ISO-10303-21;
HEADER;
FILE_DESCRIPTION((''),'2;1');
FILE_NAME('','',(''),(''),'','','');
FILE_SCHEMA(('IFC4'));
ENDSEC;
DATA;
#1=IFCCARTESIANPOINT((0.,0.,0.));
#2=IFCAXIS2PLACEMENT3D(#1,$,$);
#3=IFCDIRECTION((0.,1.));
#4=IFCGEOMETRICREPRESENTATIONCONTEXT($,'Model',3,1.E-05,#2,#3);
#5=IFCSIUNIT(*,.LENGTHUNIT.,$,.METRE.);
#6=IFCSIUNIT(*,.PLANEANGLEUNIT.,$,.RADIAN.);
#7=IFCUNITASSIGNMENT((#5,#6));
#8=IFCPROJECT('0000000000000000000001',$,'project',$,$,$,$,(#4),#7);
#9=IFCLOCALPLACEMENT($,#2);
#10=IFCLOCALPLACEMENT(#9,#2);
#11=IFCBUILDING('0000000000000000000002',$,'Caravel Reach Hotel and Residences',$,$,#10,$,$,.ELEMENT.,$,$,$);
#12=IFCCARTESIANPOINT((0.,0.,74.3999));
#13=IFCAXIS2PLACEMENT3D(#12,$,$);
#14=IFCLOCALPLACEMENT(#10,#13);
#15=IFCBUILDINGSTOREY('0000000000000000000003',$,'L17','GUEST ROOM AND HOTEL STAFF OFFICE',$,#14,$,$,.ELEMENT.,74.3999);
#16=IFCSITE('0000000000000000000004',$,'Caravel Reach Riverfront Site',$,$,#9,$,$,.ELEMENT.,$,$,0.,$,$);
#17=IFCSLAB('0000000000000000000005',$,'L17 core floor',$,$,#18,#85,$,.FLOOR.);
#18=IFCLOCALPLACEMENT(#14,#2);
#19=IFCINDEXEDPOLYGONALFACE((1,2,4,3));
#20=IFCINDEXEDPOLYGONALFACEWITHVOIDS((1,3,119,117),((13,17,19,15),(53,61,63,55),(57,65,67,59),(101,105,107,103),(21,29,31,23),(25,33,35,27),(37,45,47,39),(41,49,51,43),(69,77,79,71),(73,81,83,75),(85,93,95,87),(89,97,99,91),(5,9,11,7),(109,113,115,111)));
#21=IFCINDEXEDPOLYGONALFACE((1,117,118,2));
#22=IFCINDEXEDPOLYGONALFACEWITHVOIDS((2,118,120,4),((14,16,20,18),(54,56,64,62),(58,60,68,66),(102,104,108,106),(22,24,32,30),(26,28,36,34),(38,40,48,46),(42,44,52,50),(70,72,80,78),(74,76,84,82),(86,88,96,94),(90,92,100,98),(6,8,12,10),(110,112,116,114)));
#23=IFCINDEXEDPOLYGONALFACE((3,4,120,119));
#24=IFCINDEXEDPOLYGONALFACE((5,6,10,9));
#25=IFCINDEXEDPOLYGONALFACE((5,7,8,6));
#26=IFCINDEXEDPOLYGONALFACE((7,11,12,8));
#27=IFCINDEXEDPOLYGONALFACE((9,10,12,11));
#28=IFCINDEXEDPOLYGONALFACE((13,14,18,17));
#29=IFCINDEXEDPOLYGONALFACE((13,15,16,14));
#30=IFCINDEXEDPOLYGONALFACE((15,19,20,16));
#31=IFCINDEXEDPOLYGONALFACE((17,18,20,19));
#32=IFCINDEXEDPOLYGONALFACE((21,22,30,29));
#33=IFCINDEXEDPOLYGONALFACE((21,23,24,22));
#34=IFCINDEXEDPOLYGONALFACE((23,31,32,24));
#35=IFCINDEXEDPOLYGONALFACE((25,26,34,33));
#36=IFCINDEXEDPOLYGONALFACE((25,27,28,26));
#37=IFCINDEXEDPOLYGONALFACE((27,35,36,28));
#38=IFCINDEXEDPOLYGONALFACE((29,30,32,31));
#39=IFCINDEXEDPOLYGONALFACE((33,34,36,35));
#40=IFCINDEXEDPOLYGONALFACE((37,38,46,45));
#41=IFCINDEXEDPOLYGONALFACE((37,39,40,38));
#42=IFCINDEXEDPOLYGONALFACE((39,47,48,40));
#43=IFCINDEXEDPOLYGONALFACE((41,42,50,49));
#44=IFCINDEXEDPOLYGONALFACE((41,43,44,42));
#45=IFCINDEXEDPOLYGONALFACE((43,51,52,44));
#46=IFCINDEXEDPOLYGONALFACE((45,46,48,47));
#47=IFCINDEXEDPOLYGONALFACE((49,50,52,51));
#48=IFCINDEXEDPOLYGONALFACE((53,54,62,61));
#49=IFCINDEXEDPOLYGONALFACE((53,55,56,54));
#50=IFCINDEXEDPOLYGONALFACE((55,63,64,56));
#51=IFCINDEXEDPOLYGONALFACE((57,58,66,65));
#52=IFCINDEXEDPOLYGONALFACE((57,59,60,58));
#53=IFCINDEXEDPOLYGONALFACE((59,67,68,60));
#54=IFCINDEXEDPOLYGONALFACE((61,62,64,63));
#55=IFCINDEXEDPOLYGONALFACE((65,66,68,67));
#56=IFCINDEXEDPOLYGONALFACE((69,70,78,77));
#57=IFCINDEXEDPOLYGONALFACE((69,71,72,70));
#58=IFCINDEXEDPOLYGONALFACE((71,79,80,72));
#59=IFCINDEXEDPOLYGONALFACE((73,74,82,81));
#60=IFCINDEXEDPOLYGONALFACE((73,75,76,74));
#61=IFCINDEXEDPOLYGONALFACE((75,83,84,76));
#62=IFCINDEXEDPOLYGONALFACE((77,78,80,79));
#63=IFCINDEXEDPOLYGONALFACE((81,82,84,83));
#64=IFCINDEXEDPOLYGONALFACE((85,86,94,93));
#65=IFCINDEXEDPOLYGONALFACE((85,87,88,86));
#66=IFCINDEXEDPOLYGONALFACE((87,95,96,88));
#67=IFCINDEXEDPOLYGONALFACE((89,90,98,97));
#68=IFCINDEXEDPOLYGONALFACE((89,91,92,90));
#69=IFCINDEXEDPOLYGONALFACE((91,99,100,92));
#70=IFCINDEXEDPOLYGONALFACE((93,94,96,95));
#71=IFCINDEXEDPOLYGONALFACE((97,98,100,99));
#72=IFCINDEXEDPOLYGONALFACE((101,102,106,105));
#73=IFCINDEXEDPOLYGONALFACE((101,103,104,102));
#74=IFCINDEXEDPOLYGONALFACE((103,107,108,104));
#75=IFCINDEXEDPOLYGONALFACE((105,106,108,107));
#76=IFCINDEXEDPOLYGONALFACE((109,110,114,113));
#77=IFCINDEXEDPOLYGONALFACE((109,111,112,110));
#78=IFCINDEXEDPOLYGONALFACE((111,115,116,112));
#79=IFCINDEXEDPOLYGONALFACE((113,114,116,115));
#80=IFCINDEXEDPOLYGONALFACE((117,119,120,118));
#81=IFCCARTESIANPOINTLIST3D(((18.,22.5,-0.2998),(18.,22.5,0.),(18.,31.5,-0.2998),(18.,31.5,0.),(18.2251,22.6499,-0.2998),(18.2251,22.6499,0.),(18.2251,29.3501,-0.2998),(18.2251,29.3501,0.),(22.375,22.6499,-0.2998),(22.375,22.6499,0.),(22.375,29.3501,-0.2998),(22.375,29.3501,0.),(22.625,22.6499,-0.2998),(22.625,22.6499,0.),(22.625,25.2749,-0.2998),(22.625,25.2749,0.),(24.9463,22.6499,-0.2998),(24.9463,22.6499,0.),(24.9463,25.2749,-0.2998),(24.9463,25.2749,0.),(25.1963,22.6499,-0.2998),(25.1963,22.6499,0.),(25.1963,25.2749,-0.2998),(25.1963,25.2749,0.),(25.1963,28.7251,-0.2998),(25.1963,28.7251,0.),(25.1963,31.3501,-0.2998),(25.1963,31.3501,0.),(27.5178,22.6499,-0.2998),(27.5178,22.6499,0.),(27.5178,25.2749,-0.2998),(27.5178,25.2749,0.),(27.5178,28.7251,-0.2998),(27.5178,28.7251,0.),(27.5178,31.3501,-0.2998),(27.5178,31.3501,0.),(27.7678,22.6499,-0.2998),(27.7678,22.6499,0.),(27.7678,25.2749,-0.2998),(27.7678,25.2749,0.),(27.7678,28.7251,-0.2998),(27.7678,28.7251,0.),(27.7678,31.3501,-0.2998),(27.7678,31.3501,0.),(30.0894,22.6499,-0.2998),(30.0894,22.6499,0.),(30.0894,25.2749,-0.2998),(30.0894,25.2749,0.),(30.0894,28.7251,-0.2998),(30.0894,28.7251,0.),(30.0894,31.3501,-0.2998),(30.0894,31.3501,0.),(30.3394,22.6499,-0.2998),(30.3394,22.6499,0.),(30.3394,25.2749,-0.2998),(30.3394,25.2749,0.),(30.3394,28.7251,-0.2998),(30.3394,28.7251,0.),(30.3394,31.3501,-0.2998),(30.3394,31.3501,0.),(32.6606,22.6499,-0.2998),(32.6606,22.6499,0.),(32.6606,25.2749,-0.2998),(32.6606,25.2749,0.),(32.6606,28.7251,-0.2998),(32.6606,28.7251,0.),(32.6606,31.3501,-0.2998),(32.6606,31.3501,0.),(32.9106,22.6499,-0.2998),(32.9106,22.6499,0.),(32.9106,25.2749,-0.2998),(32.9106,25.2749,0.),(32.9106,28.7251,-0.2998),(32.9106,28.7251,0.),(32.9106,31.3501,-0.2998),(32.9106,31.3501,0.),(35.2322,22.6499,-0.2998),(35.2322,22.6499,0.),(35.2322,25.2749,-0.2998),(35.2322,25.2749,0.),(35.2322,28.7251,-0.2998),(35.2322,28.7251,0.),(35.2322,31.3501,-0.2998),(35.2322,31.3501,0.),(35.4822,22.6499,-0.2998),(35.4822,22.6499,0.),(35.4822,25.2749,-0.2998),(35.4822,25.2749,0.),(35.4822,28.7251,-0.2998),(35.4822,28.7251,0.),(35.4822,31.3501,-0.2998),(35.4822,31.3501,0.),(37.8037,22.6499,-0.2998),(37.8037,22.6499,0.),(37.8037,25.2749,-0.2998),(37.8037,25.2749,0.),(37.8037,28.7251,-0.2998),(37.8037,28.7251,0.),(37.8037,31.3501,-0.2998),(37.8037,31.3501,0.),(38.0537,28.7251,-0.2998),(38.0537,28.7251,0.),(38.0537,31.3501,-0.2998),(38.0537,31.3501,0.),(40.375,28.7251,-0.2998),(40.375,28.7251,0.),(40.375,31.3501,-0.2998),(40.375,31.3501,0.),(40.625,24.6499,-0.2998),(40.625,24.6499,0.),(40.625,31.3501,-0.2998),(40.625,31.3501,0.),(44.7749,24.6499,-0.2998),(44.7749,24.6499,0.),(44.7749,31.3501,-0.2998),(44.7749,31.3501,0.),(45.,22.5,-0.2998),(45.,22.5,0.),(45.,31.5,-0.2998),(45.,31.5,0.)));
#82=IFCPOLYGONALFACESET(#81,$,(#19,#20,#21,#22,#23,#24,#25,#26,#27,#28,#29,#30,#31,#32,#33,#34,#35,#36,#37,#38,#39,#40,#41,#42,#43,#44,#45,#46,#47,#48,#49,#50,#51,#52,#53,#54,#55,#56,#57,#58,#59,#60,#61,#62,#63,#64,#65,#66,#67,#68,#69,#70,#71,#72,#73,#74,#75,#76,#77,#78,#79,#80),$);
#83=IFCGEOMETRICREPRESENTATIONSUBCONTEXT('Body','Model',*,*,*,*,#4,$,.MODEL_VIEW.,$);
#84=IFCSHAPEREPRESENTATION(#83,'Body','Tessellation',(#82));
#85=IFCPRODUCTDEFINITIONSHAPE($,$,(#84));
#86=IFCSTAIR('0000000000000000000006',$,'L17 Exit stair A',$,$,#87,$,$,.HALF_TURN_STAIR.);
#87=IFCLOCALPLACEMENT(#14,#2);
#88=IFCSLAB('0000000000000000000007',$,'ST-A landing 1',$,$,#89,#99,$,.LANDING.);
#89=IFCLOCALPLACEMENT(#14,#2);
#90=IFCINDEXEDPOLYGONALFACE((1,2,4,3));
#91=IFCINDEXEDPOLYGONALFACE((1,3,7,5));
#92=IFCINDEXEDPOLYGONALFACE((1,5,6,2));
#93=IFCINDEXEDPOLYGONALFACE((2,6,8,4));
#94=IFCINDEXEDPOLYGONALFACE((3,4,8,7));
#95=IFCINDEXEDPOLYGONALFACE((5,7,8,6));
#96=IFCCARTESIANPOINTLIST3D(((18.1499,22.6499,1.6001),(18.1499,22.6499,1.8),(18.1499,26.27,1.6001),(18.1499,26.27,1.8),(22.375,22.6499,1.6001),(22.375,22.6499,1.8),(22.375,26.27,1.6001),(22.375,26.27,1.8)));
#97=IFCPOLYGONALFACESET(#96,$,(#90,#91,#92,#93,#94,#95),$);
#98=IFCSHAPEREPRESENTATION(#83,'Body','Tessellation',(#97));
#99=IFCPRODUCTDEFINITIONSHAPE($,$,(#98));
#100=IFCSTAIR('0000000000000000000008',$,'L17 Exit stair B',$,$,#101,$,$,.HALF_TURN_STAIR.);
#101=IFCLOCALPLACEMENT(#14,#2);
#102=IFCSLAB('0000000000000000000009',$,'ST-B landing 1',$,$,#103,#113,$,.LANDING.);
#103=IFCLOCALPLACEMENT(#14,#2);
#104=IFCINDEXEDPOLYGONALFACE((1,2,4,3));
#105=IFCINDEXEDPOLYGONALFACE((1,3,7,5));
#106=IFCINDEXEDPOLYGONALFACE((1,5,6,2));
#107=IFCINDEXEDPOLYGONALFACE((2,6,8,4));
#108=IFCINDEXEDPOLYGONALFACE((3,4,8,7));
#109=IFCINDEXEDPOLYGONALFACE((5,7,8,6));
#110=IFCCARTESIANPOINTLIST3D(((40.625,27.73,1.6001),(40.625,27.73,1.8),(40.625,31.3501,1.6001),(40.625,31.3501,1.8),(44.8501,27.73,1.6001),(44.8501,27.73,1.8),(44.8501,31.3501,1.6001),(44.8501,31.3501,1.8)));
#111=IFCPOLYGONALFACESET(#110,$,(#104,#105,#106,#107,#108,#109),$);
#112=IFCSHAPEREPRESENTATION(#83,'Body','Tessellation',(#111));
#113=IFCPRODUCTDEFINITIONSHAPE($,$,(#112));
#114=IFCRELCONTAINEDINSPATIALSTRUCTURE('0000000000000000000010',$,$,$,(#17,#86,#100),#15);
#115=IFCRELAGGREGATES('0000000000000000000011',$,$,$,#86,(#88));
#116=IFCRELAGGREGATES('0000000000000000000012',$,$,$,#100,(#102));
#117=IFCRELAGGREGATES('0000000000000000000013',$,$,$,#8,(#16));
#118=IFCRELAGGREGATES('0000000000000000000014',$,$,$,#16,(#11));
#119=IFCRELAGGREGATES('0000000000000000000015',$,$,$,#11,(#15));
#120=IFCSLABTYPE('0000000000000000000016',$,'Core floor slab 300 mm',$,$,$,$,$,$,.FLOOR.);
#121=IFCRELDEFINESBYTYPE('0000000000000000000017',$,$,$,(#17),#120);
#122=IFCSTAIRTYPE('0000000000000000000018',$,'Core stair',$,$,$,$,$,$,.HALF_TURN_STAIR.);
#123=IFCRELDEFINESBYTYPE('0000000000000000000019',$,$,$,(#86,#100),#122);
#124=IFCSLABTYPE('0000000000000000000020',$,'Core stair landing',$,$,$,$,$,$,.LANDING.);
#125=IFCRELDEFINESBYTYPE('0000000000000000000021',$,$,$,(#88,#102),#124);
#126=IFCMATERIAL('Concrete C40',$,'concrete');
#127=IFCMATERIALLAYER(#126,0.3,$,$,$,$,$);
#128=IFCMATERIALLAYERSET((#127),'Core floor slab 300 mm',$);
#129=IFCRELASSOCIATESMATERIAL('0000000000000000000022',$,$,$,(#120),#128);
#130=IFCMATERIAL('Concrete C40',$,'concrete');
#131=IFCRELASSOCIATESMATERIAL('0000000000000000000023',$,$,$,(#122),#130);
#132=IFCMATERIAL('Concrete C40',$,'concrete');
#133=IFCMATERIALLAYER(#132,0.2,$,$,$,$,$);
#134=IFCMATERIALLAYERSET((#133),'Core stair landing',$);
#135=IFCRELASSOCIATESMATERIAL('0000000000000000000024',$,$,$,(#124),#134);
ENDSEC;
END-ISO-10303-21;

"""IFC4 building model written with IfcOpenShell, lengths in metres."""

from ifc_helpers import new_model, si_unit, direction, frame, origin, place, context, subcontext, project, spatial, polyline, outline, extrude, material, layer, layer_set, type_object, element, aggregate, save


model = new_model("IFC4")

# Units and contexts
model_context = context("Model", 3, precision=1e-05, world=origin(), true_north=direction((0.0, 1.0)))
body_context = subcontext(model_context, "Body", "Model", "MODEL_VIEW")
ifc_project = project(units=[si_unit("LENGTHUNIT", "METRE"), si_unit("PLANEANGLEUNIT", "RADIAN")], contexts=[model_context])

# Site, building, storey
site_placement = place(None, origin())
site = spatial("IfcSite", under=ifc_project, at=site_placement, Name="Caravel Reach Riverfront Site", CompositionType="ELEMENT", RefElevation=0.0)
building_placement = place(site_placement, origin())
building = spatial("IfcBuilding", under=site, at=building_placement, Name="Caravel Reach Hotel and Residences", CompositionType="ELEMENT")
storey_placement = place(building_placement, frame((0.0, 0.0, 74.3999)))
storey = spatial("IfcBuildingStorey", under=building, at=storey_placement, Name="L17", Description="GUEST ROOM AND HOTEL STAFF OFFICE", CompositionType="ELEMENT", Elevation=74.3999)

# Slab
ifc_material_1 = material(Name="Concrete C40", Category="concrete")
ifc_layer_1 = layer(ifc_material_1, 0.3)
ifc_layer_set_1 = layer_set([ifc_layer_1], Name="Core floor slab 300 mm")
slab_type_1 = type_object("IfcSlabType", Name="Core floor slab 300 mm", PredefinedType="FLOOR", material=ifc_layer_set_1)
slab_1_placement = place(storey_placement, frame((0.0, 0.0, -0.2998)))
element("IfcSlab", 1, at=slab_1_placement, inside=storey, type_object=slab_type_1, Name="L17 core floor", PredefinedType="FLOOR", context=body_context, shape_type="SweptSolid", body=[
    extrude(outline(polyline([(18.0, 31.5), (45.0, 31.5), (45.0, 22.5), (18.0, 22.5), (18.0, 31.5)]), holes=[polyline([(22.625, 25.2749), (22.625, 22.6499), (24.9463, 22.6499), (24.9463, 25.2749), (22.625, 25.2749)]), polyline([(27.5178, 25.2749), (25.1963, 25.2749), (25.1963, 22.6499), (27.5178, 22.6499), (27.5178, 25.2749)]), polyline([(30.0894, 25.2749), (27.7678, 25.2749), (27.7678, 22.6499), (30.0894, 22.6499), (30.0894, 25.2749)]), polyline([(32.6606, 25.2749), (30.3394, 25.2749), (30.3394, 22.6499), (32.6606, 22.6499), (32.6606, 25.2749)]), polyline([(18.2251, 22.6499), (22.375, 22.6499), (22.375, 29.3501), (18.2251, 29.3501), (18.2251, 22.6499)]), polyline([(27.5178, 31.3501), (25.1963, 31.3501), (25.1963, 28.7251), (27.5178, 28.7251), (27.5178, 31.3501)]), polyline([(30.0894, 31.3501), (27.7678, 31.3501), (27.7678, 28.7251), (30.0894, 28.7251), (30.0894, 31.3501)]), polyline([(32.9106, 25.2749), (32.9106, 22.6499), (35.2322, 22.6499), (35.2322, 25.2749), (32.9106, 25.2749)]), polyline([(37.8037, 25.2749), (35.4822, 25.2749), (35.4822, 22.6499), (37.8037, 22.6499), (37.8037, 25.2749)]), polyline([(44.7749, 31.3501), (40.625, 31.3501), (40.625, 24.6499), (44.7749, 24.6499), (44.7749, 31.3501)]), polyline([(32.6606, 31.3501), (30.3394, 31.3501), (30.3394, 28.7251), (32.6606, 28.7251), (32.6606, 31.3501)]), polyline([(35.2322, 31.3501), (32.9106, 31.3501), (32.9106, 28.7251), (35.2322, 28.7251), (35.2322, 31.3501)]), polyline([(37.8037, 31.3501), (35.4822, 31.3501), (35.4822, 28.7251), (37.8037, 28.7251), (37.8037, 31.3501)]), polyline([(40.375, 31.3501), (38.0537, 31.3501), (38.0537, 28.7251), (40.375, 28.7251), (40.375, 31.3501)])]), origin(), (0.0, 0.0, 1.0), 0.2998),
])

# Stairs, slabs
ifc_material_2 = material(Name="Concrete C40", Category="concrete")
stair_type = type_object("IfcStairType", Name="Core stair", PredefinedType="HALF_TURN_STAIR", material=ifc_material_2)
stair_1_placement = place(storey_placement, origin())
stair_1 = element("IfcStair", 2, at=stair_1_placement, inside=storey, type_object=stair_type, Name="L17 Exit stair A", PredefinedType="HALF_TURN_STAIR")
ifc_material_3 = material(Name="Concrete C40", Category="concrete")
ifc_layer_2 = layer(ifc_material_3, 0.2)
ifc_layer_set_2 = layer_set([ifc_layer_2], Name="Core stair landing")
slab_type_2 = type_object("IfcSlabType", Name="Core stair landing", PredefinedType="LANDING", material=ifc_layer_set_2)
slab_2_placement = place(storey_placement, frame((0.0, 0.0, 1.6001)))
slab_2 = element("IfcSlab", 3, at=slab_2_placement, type_object=slab_type_2, Name="ST-A landing 1", PredefinedType="LANDING", context=body_context, shape_type="SweptSolid", body=[
    extrude(outline(polyline([(18.1499, 26.27), (18.1499, 22.6499), (22.375, 22.6499), (22.375, 26.27), (18.1499, 26.27)])), origin(), (0.0, 0.0, 1.0), 0.2),
])
aggregate(stair_1, [slab_2])
stair_2_placement = place(storey_placement, origin())
stair_2 = element("IfcStair", 4, at=stair_2_placement, inside=storey, type_object=stair_type, Name="L17 Exit stair B", PredefinedType="HALF_TURN_STAIR")
slab_3_placement = place(storey_placement, frame((0.0, 0.0, 1.6001)))
slab_3 = element("IfcSlab", 5, at=slab_3_placement, type_object=slab_type_2, Name="ST-B landing 1", PredefinedType="LANDING", context=body_context, shape_type="SweptSolid", body=[
    extrude(outline(polyline([(44.8501, 27.73), (44.8501, 31.3501), (40.625, 31.3501), (40.625, 27.73), (44.8501, 27.73)])), origin(), (0.0, 0.0, 1.0), 0.2),
])
aggregate(stair_2, [slab_3])

save(model, "model.ifc")
